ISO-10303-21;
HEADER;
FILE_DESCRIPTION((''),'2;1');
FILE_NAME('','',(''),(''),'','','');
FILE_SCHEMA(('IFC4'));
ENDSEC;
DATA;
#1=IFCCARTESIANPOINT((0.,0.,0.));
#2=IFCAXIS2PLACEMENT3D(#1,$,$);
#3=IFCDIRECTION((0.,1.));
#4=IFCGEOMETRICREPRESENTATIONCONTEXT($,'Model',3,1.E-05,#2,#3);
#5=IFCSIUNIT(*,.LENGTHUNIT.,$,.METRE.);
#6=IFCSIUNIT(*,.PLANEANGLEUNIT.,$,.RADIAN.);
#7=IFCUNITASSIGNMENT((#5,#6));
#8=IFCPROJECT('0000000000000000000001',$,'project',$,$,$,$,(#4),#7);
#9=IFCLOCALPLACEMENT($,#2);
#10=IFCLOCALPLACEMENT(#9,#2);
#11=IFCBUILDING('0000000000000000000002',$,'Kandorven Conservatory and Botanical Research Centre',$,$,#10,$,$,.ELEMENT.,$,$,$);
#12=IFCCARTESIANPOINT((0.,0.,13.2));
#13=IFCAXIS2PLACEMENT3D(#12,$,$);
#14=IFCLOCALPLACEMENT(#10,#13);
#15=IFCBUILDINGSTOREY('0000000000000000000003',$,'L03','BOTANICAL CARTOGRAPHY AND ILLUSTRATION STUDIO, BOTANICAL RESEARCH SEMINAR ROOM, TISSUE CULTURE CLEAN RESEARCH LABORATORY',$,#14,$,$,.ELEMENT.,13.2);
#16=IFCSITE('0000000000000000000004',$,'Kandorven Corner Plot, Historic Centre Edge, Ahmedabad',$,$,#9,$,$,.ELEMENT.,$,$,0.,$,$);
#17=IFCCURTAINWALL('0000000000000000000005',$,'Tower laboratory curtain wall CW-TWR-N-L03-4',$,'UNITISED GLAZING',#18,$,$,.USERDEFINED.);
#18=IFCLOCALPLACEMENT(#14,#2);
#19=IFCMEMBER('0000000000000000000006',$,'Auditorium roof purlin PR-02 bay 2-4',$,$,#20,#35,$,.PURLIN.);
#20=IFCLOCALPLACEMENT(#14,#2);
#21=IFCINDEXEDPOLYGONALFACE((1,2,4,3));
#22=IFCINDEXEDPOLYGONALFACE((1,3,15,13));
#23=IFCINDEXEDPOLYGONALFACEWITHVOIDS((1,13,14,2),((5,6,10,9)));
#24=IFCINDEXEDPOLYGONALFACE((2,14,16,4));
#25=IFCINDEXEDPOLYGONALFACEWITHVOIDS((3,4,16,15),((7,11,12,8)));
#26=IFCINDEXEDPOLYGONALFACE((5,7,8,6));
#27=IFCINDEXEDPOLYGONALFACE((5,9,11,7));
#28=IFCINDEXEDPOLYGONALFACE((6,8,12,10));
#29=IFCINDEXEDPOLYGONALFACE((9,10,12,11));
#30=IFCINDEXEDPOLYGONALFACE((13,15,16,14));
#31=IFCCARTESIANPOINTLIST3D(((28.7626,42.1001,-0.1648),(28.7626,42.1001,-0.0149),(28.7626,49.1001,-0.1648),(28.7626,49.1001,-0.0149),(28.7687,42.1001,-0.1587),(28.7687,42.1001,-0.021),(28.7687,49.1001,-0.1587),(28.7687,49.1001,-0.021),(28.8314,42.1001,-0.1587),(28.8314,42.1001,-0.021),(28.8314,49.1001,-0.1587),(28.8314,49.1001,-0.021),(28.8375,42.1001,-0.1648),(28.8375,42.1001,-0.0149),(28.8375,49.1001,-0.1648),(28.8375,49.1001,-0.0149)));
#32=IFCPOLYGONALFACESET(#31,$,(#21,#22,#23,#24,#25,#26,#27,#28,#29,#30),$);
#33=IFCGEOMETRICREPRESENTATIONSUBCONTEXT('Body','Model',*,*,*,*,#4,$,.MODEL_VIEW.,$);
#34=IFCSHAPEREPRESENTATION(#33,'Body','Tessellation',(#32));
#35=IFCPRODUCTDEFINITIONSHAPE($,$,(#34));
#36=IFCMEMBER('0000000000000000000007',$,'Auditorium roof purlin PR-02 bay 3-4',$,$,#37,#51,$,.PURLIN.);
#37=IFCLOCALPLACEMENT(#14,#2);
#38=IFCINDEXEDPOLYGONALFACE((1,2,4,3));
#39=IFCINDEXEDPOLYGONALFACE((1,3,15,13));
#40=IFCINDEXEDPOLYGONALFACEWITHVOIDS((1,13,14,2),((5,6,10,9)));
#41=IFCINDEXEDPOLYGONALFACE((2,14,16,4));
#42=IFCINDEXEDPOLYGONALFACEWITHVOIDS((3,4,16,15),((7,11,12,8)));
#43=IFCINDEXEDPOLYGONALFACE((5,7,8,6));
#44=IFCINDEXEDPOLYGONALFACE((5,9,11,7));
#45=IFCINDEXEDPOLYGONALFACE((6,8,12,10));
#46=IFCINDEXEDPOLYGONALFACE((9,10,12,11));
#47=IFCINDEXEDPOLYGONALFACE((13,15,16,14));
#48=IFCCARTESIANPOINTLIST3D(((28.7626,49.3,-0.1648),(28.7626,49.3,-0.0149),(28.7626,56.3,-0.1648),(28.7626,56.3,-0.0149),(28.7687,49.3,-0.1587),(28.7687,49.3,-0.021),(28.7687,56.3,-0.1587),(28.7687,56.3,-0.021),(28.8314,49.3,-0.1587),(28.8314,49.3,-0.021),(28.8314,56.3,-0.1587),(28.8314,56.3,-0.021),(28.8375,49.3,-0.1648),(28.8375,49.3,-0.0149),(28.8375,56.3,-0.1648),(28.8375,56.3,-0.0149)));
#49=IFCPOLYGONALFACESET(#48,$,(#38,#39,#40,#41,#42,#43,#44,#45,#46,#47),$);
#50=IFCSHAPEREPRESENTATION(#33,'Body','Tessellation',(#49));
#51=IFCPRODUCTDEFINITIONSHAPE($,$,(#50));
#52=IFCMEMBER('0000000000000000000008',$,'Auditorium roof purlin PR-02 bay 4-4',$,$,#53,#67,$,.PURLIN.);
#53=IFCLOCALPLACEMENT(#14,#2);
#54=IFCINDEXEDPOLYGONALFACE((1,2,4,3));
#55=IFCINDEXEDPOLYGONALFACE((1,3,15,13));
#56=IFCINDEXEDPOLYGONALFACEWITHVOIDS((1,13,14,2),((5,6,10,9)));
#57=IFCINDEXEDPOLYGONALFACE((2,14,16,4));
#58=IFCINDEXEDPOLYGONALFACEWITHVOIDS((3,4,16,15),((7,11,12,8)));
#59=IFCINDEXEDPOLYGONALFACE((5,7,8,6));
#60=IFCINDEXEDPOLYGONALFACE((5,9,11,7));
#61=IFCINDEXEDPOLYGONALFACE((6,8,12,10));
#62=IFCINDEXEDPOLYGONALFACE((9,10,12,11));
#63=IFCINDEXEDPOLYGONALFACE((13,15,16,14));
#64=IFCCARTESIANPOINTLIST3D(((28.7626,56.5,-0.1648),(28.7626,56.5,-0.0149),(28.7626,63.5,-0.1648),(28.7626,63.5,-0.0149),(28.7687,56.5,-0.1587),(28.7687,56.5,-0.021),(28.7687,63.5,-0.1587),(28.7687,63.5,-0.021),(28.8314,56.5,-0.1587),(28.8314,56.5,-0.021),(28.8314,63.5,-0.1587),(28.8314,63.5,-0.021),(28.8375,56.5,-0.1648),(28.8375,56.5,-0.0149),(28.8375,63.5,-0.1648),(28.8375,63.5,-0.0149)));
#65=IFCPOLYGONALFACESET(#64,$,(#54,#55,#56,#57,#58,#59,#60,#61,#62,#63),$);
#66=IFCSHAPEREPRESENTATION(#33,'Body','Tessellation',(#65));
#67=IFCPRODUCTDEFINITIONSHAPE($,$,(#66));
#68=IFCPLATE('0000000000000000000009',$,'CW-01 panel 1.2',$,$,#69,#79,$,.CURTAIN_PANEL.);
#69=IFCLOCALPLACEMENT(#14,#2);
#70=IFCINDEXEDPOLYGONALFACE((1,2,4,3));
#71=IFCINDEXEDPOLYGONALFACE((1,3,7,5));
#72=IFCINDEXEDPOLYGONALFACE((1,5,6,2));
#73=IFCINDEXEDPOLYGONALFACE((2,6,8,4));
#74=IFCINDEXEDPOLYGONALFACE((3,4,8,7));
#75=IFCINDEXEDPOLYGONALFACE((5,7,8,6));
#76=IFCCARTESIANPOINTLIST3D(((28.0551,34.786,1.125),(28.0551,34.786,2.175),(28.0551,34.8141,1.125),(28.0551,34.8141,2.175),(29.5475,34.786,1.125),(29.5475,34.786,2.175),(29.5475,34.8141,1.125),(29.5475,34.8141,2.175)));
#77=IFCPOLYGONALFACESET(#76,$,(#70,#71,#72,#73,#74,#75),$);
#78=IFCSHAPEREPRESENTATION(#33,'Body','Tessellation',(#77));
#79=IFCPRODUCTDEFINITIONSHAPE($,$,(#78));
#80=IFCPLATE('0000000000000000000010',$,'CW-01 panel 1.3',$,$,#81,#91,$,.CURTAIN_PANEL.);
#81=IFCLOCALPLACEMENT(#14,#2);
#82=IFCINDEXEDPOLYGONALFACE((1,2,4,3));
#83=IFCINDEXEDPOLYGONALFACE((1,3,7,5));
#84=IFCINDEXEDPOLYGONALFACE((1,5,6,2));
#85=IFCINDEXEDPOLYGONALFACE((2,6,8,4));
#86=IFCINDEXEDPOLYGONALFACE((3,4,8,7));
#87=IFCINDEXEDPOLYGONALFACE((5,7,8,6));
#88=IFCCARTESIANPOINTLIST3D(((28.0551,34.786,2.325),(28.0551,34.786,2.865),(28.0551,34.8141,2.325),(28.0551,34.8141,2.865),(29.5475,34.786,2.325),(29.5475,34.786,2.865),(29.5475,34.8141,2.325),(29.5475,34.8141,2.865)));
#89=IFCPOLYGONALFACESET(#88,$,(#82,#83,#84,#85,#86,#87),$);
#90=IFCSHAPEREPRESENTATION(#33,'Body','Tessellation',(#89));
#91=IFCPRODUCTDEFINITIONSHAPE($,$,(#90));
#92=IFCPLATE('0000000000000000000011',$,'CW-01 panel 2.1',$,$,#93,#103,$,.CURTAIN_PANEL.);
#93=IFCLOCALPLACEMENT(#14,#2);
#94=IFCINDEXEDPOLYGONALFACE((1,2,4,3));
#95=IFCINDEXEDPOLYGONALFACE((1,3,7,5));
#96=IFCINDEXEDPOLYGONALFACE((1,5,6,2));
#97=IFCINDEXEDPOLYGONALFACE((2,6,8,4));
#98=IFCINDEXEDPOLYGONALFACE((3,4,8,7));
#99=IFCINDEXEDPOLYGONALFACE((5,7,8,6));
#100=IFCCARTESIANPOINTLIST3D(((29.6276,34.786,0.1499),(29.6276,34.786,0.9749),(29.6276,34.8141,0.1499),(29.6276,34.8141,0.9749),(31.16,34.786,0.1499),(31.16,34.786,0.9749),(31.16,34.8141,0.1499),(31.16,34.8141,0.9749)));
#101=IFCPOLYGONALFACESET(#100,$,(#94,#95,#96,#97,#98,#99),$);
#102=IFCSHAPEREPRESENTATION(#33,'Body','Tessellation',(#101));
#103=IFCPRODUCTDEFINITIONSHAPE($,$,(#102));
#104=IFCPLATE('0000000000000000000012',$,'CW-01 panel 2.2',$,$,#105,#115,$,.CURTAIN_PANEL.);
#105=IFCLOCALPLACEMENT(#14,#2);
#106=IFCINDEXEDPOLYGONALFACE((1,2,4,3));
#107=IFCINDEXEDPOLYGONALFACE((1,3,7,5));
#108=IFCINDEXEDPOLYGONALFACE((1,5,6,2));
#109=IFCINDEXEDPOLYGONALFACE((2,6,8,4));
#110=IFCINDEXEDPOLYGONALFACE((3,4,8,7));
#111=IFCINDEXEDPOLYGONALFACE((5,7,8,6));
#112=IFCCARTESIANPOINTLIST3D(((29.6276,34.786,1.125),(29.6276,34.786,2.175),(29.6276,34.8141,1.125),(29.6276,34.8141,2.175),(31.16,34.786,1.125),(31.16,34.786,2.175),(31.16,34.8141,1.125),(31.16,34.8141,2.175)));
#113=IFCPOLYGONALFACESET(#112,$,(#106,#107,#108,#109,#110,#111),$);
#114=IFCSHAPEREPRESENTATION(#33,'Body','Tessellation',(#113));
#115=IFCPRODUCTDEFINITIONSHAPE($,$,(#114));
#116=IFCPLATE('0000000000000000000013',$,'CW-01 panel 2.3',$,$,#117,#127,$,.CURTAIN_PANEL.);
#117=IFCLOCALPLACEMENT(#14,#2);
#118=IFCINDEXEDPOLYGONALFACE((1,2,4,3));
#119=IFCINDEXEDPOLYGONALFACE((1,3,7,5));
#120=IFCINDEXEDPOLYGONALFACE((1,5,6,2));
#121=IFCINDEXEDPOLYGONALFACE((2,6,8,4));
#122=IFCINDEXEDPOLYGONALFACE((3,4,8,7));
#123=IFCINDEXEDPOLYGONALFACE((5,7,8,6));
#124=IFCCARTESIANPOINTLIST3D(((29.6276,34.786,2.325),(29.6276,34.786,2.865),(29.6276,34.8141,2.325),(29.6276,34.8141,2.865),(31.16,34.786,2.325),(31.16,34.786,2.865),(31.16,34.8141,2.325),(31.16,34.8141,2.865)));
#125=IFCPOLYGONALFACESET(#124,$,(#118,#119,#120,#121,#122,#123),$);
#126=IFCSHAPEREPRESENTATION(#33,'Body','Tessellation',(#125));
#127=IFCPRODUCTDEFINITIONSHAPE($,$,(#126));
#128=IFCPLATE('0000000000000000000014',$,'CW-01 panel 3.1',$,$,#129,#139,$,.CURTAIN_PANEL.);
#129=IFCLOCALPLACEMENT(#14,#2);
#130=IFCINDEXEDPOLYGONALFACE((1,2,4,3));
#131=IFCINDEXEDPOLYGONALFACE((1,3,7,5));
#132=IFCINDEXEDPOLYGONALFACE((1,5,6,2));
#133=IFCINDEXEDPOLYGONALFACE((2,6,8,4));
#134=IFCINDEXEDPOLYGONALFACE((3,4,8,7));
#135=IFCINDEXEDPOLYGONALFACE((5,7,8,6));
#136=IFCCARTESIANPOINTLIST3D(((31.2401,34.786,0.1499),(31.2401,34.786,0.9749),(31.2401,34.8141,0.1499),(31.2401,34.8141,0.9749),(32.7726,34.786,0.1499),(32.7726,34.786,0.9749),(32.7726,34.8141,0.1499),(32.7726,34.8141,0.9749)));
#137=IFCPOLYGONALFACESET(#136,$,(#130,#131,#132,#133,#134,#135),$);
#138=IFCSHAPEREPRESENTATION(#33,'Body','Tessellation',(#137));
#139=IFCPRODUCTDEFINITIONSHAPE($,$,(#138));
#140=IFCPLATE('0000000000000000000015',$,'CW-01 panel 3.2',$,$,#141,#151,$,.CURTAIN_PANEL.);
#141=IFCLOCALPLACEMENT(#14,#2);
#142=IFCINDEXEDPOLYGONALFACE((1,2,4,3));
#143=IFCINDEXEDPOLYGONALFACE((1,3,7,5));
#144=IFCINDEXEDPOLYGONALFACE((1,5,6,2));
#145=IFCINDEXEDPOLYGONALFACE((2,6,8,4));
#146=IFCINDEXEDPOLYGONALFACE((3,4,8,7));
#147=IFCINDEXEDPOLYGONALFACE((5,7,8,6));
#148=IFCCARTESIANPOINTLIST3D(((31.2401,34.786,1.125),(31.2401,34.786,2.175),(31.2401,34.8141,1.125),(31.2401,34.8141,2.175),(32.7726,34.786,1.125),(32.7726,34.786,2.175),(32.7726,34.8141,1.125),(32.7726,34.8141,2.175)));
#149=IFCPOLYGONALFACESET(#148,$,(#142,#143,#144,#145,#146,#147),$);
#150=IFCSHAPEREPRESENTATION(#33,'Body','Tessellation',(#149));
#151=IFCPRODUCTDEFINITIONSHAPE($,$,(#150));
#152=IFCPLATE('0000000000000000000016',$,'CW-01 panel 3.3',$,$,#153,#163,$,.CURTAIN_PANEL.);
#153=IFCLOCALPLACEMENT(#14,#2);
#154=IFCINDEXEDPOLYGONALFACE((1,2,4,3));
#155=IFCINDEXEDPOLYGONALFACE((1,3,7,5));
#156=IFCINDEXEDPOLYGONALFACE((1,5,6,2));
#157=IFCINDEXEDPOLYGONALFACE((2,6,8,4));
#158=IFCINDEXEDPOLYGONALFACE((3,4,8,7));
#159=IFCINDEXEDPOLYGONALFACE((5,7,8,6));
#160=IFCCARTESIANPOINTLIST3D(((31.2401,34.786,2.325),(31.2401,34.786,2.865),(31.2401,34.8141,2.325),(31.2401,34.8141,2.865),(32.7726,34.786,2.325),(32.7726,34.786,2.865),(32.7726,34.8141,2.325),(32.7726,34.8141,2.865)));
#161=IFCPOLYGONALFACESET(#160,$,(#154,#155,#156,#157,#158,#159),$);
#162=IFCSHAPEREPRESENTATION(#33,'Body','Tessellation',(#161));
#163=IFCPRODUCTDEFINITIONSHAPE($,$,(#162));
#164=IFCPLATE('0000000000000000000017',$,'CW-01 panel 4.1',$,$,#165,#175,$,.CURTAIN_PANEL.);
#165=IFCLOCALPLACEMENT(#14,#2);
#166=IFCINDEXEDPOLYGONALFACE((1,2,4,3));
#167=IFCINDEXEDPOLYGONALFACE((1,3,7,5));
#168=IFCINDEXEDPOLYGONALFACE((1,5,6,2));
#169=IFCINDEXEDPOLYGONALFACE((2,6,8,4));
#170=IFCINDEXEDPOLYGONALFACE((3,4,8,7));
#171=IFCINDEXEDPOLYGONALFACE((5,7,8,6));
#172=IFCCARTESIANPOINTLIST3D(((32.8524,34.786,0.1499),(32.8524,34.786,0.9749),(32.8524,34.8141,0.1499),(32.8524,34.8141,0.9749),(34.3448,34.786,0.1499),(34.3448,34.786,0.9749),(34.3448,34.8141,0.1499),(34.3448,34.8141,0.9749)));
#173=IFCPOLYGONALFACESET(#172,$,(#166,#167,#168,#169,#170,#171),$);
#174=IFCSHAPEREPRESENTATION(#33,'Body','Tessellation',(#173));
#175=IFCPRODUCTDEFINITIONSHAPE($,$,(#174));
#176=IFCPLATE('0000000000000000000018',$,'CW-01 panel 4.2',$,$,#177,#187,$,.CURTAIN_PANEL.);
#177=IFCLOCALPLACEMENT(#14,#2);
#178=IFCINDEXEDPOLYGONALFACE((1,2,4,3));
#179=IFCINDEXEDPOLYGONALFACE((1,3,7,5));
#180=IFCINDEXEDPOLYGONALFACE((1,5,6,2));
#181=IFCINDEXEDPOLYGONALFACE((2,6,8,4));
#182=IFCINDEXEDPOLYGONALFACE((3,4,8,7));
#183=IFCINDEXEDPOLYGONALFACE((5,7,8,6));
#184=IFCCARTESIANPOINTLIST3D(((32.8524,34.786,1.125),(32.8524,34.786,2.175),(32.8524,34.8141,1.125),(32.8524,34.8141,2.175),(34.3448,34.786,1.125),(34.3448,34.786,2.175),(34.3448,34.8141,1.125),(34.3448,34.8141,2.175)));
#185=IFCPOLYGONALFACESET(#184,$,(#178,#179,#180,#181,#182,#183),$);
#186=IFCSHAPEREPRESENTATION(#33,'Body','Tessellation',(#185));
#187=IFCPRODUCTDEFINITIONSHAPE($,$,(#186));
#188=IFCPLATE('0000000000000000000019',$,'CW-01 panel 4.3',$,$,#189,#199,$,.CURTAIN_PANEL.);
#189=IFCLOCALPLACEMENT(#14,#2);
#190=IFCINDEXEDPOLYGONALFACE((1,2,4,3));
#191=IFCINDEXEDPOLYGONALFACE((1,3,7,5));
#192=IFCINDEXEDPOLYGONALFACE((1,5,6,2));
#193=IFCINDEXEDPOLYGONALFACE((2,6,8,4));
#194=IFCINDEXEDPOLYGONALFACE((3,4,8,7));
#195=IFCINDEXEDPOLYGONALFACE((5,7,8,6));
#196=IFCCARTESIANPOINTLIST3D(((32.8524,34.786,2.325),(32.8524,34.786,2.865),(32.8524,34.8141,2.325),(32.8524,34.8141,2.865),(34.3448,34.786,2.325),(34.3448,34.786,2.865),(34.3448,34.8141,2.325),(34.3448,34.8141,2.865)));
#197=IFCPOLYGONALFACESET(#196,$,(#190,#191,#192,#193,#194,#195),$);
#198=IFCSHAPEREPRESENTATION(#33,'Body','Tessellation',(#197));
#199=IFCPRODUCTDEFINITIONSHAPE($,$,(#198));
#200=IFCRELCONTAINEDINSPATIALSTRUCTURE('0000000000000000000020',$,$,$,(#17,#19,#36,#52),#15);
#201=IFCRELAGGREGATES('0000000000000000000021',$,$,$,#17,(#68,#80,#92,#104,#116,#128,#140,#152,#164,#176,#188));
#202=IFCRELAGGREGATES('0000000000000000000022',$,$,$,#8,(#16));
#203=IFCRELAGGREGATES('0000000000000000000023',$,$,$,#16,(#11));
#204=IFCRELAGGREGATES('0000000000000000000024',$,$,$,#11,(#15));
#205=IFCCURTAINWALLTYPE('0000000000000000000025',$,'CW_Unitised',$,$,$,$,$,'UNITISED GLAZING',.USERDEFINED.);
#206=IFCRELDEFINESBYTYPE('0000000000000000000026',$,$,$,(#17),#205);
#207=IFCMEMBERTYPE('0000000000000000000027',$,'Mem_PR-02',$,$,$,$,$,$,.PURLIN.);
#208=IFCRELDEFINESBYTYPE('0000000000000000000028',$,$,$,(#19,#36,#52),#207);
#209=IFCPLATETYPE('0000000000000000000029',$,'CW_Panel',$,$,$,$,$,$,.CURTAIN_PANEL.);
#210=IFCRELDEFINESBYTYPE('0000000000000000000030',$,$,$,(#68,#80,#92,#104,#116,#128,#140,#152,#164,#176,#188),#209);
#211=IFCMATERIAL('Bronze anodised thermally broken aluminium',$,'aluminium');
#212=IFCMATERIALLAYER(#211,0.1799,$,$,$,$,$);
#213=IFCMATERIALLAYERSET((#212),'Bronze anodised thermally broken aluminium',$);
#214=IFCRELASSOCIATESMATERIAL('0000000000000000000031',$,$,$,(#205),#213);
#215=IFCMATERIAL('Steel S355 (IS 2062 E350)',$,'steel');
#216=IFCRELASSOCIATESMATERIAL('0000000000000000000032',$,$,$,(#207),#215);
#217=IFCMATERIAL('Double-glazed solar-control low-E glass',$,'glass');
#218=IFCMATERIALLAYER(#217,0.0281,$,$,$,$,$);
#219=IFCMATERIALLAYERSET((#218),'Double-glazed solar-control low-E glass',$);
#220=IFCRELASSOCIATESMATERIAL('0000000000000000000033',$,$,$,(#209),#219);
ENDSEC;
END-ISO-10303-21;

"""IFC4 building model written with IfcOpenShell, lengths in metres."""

from ifc_helpers import new_model, si_unit, direction, frame, origin, origin_2d, place, context, subcontext, project, spatial, rectangle, hollow_rectangle, extrude, material, layer, layer_set, material_profile, profile_set, type_object, element, aggregate, save


model = new_model("IFC4")

# Units and contexts
model_context = context("Model", 3, precision=1e-05, world=origin(), true_north=direction((0.0, 1.0)))
body_context = subcontext(model_context, "Body", "Model", "MODEL_VIEW")
ifc_project = project(units=[si_unit("LENGTHUNIT", "METRE"), si_unit("PLANEANGLEUNIT", "RADIAN")], contexts=[model_context])

# Site, building, storey
site_placement = place(None, origin())
site = spatial("IfcSite", under=ifc_project, at=site_placement, Name="Kandorven Corner Plot, Historic Centre Edge, Ahmedabad", CompositionType="ELEMENT", RefElevation=0.0)
building_placement = place(site_placement, origin())
building = spatial("IfcBuilding", under=site, at=building_placement, Name="Kandorven Conservatory and Botanical Research Centre", CompositionType="ELEMENT")
storey_placement = place(building_placement, frame((0.0, 0.0, 13.2)))
storey = spatial("IfcBuildingStorey", under=building, at=storey_placement, Name="L03", Description="BOTANICAL CARTOGRAPHY AND ILLUSTRATION STUDIO, BOTANICAL RESEARCH SEMINAR ROOM, TISSUE CULTURE CLEAN RESEARCH LABORATORY", CompositionType="ELEMENT", Elevation=13.2)

# Curtain wall
ifc_material_1 = material(Name="Bronze anodised thermally broken aluminium", Category="aluminium")
ifc_layer_1 = layer(ifc_material_1, 0.1799)
ifc_layer_set_1 = layer_set([ifc_layer_1], Name="Bronze anodised thermally broken aluminium")
curtain_wall_type = type_object("IfcCurtainWallType", Name="CW_Unitised", ElementType="UNITISED GLAZING", PredefinedType="USERDEFINED", material=ifc_layer_set_1)
curtain_wall_placement = place(storey_placement, origin())
curtain_wall = element("IfcCurtainWall", 1, at=curtain_wall_placement, inside=storey, type_object=curtain_wall_type, Name="Tower laboratory curtain wall CW-TWR-N-L03-4", ObjectType="UNITISED GLAZING", PredefinedType="USERDEFINED")

# Members
ifc_material_2 = material(Name="Steel S355 (IS 2062 E350)", Category="steel")
ifc_material_profile_1 = material_profile(ifc_material_2, hollow_rectangle(XDim=0.075, YDim=0.1499, WallThickness=0.0061, at=origin_2d()))
ifc_profile_set_1 = profile_set([ifc_material_profile_1], Name="Steel S355 (IS 2062 E350)")
member_type_1 = type_object("IfcMemberType", Name="Mem_PR-02", PredefinedType="PURLIN", material=ifc_profile_set_1)
for number, where, z_axis, x_axis, name in (
    (2, (28.8, 42.1001, -0.0898), (0.0, 1.0, 0.0), (-1.0, 0.0, 0.0), "Auditorium roof purlin PR-02 bay 2-4"),
    (3, (28.8, 49.3, -0.0898), (0.0, 1.0, 0.0), (-1.0, 0.0, 0.0), "Auditorium roof purlin PR-02 bay 3-4"),
    (4, (28.8, 56.5, -0.0898), (0.0, 1.0, 0.0), (-1.0, 0.0, 0.0), "Auditorium roof purlin PR-02 bay 4-4"),
):
    element("IfcMember", number, at=place(storey_placement, frame(where, z_axis=z_axis, x_axis=x_axis)), inside=storey, type_object=member_type_1, Name=name, PredefinedType="PURLIN", context=body_context, shape_type="SweptSolid", body=[
        extrude(hollow_rectangle(XDim=0.075, YDim=0.1499, WallThickness=0.0061, at=origin_2d()), origin(), (0.0, 0.0, 1.0), 7.0),
    ])

# Plates
ifc_material_3 = material(Name="Double-glazed solar-control low-E glass", Category="glass")
ifc_layer_2 = layer(ifc_material_3, 0.0281)
ifc_layer_set_2 = layer_set([ifc_layer_2], Name="Double-glazed solar-control low-E glass")
plate_type = type_object("IfcPlateType", Name="CW_Panel", PredefinedType="CURTAIN_PANEL", material=ifc_layer_set_2)
plate_1_placement = place(storey_placement, frame((28.8013, 34.8, 1.125), z_axis=(0.0, 0.0, 1.0), x_axis=(1.0, 0.0, 0.0)))
plate_1 = element("IfcPlate", 5, at=plate_1_placement, type_object=plate_type, Name="CW-01 panel 1.2", PredefinedType="CURTAIN_PANEL", context=body_context, shape_type="SweptSolid", body=[
    extrude(rectangle(XDim=1.4924, YDim=0.0281, at=origin_2d()), origin(), (0.0, 0.0, 1.0), 1.05),
])
plate_2_placement = place(storey_placement, frame((28.8013, 34.8, 2.325), z_axis=(0.0, 0.0, 1.0), x_axis=(1.0, 0.0, 0.0)))
plate_2 = element("IfcPlate", 6, at=plate_2_placement, type_object=plate_type, Name="CW-01 panel 1.3", PredefinedType="CURTAIN_PANEL", context=body_context, shape_type="SweptSolid", body=[
    extrude(rectangle(XDim=1.4924, YDim=0.0281, at=origin_2d()), origin(), (0.0, 0.0, 1.0), 0.54),
])
plate_3_placement = place(storey_placement, frame((30.3938, 34.8, 0.1499), z_axis=(0.0, 0.0, 1.0), x_axis=(1.0, 0.0, 0.0)))
plate_3 = element("IfcPlate", 7, at=plate_3_placement, type_object=plate_type, Name="CW-01 panel 2.1", PredefinedType="CURTAIN_PANEL", context=body_context, shape_type="SweptSolid", body=[
    extrude(rectangle(XDim=1.5325, YDim=0.0281, at=origin_2d()), origin(), (0.0, 0.0, 1.0), 0.825),
])
plate_4_placement = place(storey_placement, frame((30.3938, 34.8, 1.125), z_axis=(0.0, 0.0, 1.0), x_axis=(1.0, 0.0, 0.0)))
plate_4 = element("IfcPlate", 8, at=plate_4_placement, type_object=plate_type, Name="CW-01 panel 2.2", PredefinedType="CURTAIN_PANEL", context=body_context, shape_type="SweptSolid", body=[
    extrude(rectangle(XDim=1.5325, YDim=0.0281, at=origin_2d()), origin(), (0.0, 0.0, 1.0), 1.05),
])
plate_5_placement = place(storey_placement, frame((30.3938, 34.8, 2.325), z_axis=(0.0, 0.0, 1.0), x_axis=(1.0, 0.0, 0.0)))
plate_5 = element("IfcPlate", 9, at=plate_5_placement, type_object=plate_type, Name="CW-01 panel 2.3", PredefinedType="CURTAIN_PANEL", context=body_context, shape_type="SweptSolid", body=[
    extrude(rectangle(XDim=1.5325, YDim=0.0281, at=origin_2d()), origin(), (0.0, 0.0, 1.0), 0.54),
])
plate_6_placement = place(storey_placement, frame((32.0063, 34.8, 0.1499), z_axis=(0.0, 0.0, 1.0), x_axis=(1.0, 0.0, 0.0)))
plate_6 = element("IfcPlate", 10, at=plate_6_placement, type_object=plate_type, Name="CW-01 panel 3.1", PredefinedType="CURTAIN_PANEL", context=body_context, shape_type="SweptSolid", body=[
    extrude(rectangle(XDim=1.5325, YDim=0.0281, at=origin_2d()), origin(), (0.0, 0.0, 1.0), 0.825),
])
plate_7_placement = place(storey_placement, frame((32.0063, 34.8, 1.125), z_axis=(0.0, 0.0, 1.0), x_axis=(1.0, 0.0, 0.0)))
plate_7 = element("IfcPlate", 11, at=plate_7_placement, type_object=plate_type, Name="CW-01 panel 3.2", PredefinedType="CURTAIN_PANEL", context=body_context, shape_type="SweptSolid", body=[
    extrude(rectangle(XDim=1.5325, YDim=0.0281, at=origin_2d()), origin(), (0.0, 0.0, 1.0), 1.05),
])
plate_8_placement = place(storey_placement, frame((32.0063, 34.8, 2.325), z_axis=(0.0, 0.0, 1.0), x_axis=(1.0, 0.0, 0.0)))
plate_8 = element("IfcPlate", 12, at=plate_8_placement, type_object=plate_type, Name="CW-01 panel 3.3", PredefinedType="CURTAIN_PANEL", context=body_context, shape_type="SweptSolid", body=[
    extrude(rectangle(XDim=1.5325, YDim=0.0281, at=origin_2d()), origin(), (0.0, 0.0, 1.0), 0.54),
])
plate_9_placement = place(storey_placement, frame((33.5986, 34.8, 0.1499), z_axis=(0.0, 0.0, 1.0), x_axis=(1.0, 0.0, 0.0)))
plate_9 = element("IfcPlate", 13, at=plate_9_placement, type_object=plate_type, Name="CW-01 panel 4.1", PredefinedType="CURTAIN_PANEL", context=body_context, shape_type="SweptSolid", body=[
    extrude(rectangle(XDim=1.4924, YDim=0.0281, at=origin_2d()), origin(), (0.0, 0.0, 1.0), 0.825),
])
plate_10_placement = place(storey_placement, frame((33.5986, 34.8, 1.125), z_axis=(0.0, 0.0, 1.0), x_axis=(1.0, 0.0, 0.0)))
plate_10 = element("IfcPlate", 14, at=plate_10_placement, type_object=plate_type, Name="CW-01 panel 4.2", PredefinedType="CURTAIN_PANEL", context=body_context, shape_type="SweptSolid", body=[
    extrude(rectangle(XDim=1.4924, YDim=0.0281, at=origin_2d()), origin(), (0.0, 0.0, 1.0), 1.05),
])
plate_11_placement = place(storey_placement, frame((33.5986, 34.8, 2.325), z_axis=(0.0, 0.0, 1.0), x_axis=(1.0, 0.0, 0.0)))
plate_11 = element("IfcPlate", 15, at=plate_11_placement, type_object=plate_type, Name="CW-01 panel 4.3", PredefinedType="CURTAIN_PANEL", context=body_context, shape_type="SweptSolid", body=[
    extrude(rectangle(XDim=1.4924, YDim=0.0281, at=origin_2d()), origin(), (0.0, 0.0, 1.0), 0.54),
])
aggregate(curtain_wall, [plate_1, plate_2, plate_3, plate_4, plate_5, plate_6, plate_7, plate_8, plate_9, plate_10, plate_11])

save(model, "model.ifc")
